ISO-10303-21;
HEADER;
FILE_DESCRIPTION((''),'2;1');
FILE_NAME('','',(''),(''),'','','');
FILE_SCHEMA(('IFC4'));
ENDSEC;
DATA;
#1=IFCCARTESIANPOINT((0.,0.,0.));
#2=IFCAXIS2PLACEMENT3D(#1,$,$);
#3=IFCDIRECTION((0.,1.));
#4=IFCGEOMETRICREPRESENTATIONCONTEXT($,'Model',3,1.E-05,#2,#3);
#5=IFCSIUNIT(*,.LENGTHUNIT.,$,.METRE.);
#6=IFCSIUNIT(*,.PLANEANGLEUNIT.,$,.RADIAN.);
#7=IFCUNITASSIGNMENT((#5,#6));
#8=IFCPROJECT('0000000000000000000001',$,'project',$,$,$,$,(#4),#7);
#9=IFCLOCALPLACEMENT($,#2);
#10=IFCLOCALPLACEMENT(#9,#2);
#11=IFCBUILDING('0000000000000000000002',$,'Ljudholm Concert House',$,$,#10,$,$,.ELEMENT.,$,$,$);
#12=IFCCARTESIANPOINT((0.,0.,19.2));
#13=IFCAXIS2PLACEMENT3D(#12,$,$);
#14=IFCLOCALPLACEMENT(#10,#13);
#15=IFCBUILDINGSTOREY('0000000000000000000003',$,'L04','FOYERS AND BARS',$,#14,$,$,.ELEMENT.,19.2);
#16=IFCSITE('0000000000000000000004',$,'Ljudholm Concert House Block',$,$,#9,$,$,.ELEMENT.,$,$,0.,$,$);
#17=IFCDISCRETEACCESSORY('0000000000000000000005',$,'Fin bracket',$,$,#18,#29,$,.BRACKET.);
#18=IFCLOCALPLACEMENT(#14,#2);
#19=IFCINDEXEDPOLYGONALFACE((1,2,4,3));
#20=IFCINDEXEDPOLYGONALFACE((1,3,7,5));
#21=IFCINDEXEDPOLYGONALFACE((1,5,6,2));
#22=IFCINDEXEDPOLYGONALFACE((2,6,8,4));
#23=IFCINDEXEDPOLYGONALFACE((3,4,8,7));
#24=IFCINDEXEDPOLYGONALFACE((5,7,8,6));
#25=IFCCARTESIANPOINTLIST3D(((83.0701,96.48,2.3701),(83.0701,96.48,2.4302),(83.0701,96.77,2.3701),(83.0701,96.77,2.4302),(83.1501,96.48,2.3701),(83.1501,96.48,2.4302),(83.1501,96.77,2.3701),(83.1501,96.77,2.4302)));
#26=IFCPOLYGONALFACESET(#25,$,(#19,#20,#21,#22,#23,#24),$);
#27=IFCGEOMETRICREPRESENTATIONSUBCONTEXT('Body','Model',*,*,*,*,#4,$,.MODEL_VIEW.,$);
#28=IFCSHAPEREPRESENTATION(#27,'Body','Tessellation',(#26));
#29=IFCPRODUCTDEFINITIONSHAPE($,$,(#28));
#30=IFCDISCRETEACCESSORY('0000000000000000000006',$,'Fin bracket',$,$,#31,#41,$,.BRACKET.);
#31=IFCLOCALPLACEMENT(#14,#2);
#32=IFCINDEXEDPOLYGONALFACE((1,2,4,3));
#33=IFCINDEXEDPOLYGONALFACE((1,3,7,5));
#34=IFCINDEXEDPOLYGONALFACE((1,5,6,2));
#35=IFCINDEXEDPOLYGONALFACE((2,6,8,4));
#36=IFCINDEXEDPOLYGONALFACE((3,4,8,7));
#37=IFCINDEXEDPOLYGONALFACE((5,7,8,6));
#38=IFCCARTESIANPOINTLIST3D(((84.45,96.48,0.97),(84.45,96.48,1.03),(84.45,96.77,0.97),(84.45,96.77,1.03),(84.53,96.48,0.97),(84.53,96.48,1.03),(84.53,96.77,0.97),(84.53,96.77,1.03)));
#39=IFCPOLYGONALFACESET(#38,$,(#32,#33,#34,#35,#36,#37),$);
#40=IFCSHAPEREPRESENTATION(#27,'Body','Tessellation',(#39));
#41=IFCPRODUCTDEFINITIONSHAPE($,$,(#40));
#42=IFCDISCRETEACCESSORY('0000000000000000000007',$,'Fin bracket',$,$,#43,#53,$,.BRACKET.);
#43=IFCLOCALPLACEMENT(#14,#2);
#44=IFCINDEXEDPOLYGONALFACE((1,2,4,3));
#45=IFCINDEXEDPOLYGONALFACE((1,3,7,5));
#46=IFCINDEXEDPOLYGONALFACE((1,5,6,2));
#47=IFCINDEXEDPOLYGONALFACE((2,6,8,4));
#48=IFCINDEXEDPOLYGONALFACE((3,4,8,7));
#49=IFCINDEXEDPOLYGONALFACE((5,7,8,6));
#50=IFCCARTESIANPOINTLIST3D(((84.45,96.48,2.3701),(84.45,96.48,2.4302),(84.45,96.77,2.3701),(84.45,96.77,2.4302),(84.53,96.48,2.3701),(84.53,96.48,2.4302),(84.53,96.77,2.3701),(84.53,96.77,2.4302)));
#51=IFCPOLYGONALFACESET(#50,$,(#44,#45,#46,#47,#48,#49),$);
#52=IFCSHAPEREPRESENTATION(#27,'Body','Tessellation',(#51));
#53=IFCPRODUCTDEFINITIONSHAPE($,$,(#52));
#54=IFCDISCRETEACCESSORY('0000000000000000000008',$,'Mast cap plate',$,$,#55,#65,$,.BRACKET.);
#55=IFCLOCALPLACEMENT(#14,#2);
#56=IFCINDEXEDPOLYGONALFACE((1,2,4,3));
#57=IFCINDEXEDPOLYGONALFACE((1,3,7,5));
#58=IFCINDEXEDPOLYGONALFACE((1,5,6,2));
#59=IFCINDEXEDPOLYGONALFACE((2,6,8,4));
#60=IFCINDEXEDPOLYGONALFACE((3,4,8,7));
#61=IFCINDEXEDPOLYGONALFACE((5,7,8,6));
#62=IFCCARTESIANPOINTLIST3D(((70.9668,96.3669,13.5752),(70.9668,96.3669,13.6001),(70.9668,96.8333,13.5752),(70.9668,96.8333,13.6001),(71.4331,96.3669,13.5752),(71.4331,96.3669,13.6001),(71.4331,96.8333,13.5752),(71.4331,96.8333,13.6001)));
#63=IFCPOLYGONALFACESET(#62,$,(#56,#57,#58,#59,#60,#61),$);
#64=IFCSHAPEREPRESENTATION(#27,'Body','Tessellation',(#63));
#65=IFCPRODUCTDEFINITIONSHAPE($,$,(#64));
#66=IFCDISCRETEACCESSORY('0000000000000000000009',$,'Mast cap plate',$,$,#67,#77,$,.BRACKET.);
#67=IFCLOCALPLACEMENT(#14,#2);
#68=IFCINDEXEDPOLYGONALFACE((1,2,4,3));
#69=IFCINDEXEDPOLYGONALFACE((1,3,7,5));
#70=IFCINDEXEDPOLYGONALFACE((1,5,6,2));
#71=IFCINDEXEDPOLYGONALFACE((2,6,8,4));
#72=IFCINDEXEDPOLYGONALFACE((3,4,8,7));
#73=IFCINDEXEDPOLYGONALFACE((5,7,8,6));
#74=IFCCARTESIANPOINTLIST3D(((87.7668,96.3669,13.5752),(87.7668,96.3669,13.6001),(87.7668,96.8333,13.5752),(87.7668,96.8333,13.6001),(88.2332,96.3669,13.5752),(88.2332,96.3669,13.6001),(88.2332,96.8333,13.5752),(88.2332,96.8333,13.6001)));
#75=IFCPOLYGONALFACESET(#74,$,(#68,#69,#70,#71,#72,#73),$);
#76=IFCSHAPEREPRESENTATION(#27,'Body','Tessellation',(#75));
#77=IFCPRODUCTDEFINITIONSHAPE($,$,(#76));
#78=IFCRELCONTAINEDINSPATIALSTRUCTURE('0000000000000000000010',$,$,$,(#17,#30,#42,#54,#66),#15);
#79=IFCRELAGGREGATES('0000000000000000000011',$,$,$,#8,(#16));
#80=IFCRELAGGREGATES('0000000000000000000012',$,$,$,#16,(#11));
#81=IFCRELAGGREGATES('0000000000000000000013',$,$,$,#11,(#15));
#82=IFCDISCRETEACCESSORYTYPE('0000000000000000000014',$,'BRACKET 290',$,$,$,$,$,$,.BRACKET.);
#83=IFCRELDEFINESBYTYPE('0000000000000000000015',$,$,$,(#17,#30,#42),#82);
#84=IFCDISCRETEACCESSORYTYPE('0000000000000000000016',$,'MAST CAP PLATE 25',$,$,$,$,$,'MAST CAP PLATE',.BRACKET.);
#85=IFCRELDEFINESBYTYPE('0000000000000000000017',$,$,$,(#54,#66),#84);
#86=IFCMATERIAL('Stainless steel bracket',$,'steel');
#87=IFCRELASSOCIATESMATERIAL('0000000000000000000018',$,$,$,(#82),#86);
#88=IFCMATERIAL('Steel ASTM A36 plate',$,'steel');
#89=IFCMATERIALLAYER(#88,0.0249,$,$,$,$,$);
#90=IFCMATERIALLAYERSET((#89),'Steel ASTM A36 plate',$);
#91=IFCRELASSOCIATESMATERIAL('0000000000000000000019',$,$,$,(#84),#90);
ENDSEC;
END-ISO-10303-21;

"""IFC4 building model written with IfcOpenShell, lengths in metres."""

from ifc_helpers import new_model, si_unit, direction, frame, origin, origin_2d, place, context, subcontext, project, spatial, rectangle, extrude, material, layer, layer_set, type_object, element, save


model = new_model("IFC4")

# Units and contexts
model_context = context("Model", 3, precision=1e-05, world=origin(), true_north=direction((0.0, 1.0)))
body_context = subcontext(model_context, "Body", "Model", "MODEL_VIEW")
ifc_project = project(units=[si_unit("LENGTHUNIT", "METRE"), si_unit("PLANEANGLEUNIT", "RADIAN")], contexts=[model_context])

# Site, building, storey
site_placement = place(None, origin())
site = spatial("IfcSite", under=ifc_project, at=site_placement, Name="Ljudholm Concert House Block", CompositionType="ELEMENT", RefElevation=0.0)
building_placement = place(site_placement, origin())
building = spatial("IfcBuilding", under=site, at=building_placement, Name="Ljudholm Concert House", CompositionType="ELEMENT")
storey_placement = place(building_placement, frame((0.0, 0.0, 19.2)))
storey = spatial("IfcBuildingStorey", under=building, at=storey_placement, Name="L04", Description="FOYERS AND BARS", CompositionType="ELEMENT", Elevation=19.2)

# Discrete accessories
ifc_material_1 = material(Name="Stainless steel bracket", Category="steel")
discrete_accessory_type_1 = type_object("IfcDiscreteAccessoryType", Name="BRACKET 290", PredefinedType="BRACKET", material=ifc_material_1)
for number, where, z_axis, x_axis, name in (
    (1, (83.1101, 96.625, 2.3701), (0.0, 0.0, 1.0), (0.0, 1.0, 0.0), "Fin bracket"),
    (2, (84.49, 96.625, 0.97), (0.0, 0.0, 1.0), (0.0, 1.0, 0.0), "Fin bracket"),
    (3, (84.49, 96.625, 2.3701), (0.0, 0.0, 1.0), (0.0, 1.0, 0.0), "Fin bracket"),
):
    element("IfcDiscreteAccessory", number, at=place(storey_placement, frame(where, z_axis=z_axis, x_axis=x_axis)), inside=storey, type_object=discrete_accessory_type_1, Name=name, PredefinedType="BRACKET", context=body_context, shape_type="SweptSolid", body=[
        extrude(rectangle(XDim=0.29, YDim=0.0801, at=origin_2d()), origin(), (0.0, 0.0, 1.0), 0.0601),
    ])
ifc_material_2 = material(Name="Steel ASTM A36 plate", Category="steel")
ifc_layer_1 = layer(ifc_material_2, 0.0249)
ifc_layer_set_1 = layer_set([ifc_layer_1], Name="Steel ASTM A36 plate")
discrete_accessory_type_2 = type_object("IfcDiscreteAccessoryType", Name="MAST CAP PLATE 25", ElementType="MAST CAP PLATE", PredefinedType="BRACKET", material=ifc_layer_set_1)
for number, where, z_axis, x_axis, name in (
    (4, (71.2, 96.6001, 13.5752), (0.0, 0.0, 1.0), (1.0, 0.0, 0.0), "Mast cap plate"),
    (5, (88.0, 96.6001, 13.5752), (0.0, 0.0, 1.0), (1.0, 0.0, 0.0), "Mast cap plate"),
):
    element("IfcDiscreteAccessory", number, at=place(storey_placement, frame(where, z_axis=z_axis, x_axis=x_axis)), inside=storey, type_object=discrete_accessory_type_2, Name=name, PredefinedType="BRACKET", context=body_context, shape_type="SweptSolid", body=[
        extrude(rectangle(XDim=0.4663, YDim=0.4663, at=origin_2d()), origin(), (0.0, 0.0, 1.0), 0.0249),
    ])

save(model, "model.ifc")
